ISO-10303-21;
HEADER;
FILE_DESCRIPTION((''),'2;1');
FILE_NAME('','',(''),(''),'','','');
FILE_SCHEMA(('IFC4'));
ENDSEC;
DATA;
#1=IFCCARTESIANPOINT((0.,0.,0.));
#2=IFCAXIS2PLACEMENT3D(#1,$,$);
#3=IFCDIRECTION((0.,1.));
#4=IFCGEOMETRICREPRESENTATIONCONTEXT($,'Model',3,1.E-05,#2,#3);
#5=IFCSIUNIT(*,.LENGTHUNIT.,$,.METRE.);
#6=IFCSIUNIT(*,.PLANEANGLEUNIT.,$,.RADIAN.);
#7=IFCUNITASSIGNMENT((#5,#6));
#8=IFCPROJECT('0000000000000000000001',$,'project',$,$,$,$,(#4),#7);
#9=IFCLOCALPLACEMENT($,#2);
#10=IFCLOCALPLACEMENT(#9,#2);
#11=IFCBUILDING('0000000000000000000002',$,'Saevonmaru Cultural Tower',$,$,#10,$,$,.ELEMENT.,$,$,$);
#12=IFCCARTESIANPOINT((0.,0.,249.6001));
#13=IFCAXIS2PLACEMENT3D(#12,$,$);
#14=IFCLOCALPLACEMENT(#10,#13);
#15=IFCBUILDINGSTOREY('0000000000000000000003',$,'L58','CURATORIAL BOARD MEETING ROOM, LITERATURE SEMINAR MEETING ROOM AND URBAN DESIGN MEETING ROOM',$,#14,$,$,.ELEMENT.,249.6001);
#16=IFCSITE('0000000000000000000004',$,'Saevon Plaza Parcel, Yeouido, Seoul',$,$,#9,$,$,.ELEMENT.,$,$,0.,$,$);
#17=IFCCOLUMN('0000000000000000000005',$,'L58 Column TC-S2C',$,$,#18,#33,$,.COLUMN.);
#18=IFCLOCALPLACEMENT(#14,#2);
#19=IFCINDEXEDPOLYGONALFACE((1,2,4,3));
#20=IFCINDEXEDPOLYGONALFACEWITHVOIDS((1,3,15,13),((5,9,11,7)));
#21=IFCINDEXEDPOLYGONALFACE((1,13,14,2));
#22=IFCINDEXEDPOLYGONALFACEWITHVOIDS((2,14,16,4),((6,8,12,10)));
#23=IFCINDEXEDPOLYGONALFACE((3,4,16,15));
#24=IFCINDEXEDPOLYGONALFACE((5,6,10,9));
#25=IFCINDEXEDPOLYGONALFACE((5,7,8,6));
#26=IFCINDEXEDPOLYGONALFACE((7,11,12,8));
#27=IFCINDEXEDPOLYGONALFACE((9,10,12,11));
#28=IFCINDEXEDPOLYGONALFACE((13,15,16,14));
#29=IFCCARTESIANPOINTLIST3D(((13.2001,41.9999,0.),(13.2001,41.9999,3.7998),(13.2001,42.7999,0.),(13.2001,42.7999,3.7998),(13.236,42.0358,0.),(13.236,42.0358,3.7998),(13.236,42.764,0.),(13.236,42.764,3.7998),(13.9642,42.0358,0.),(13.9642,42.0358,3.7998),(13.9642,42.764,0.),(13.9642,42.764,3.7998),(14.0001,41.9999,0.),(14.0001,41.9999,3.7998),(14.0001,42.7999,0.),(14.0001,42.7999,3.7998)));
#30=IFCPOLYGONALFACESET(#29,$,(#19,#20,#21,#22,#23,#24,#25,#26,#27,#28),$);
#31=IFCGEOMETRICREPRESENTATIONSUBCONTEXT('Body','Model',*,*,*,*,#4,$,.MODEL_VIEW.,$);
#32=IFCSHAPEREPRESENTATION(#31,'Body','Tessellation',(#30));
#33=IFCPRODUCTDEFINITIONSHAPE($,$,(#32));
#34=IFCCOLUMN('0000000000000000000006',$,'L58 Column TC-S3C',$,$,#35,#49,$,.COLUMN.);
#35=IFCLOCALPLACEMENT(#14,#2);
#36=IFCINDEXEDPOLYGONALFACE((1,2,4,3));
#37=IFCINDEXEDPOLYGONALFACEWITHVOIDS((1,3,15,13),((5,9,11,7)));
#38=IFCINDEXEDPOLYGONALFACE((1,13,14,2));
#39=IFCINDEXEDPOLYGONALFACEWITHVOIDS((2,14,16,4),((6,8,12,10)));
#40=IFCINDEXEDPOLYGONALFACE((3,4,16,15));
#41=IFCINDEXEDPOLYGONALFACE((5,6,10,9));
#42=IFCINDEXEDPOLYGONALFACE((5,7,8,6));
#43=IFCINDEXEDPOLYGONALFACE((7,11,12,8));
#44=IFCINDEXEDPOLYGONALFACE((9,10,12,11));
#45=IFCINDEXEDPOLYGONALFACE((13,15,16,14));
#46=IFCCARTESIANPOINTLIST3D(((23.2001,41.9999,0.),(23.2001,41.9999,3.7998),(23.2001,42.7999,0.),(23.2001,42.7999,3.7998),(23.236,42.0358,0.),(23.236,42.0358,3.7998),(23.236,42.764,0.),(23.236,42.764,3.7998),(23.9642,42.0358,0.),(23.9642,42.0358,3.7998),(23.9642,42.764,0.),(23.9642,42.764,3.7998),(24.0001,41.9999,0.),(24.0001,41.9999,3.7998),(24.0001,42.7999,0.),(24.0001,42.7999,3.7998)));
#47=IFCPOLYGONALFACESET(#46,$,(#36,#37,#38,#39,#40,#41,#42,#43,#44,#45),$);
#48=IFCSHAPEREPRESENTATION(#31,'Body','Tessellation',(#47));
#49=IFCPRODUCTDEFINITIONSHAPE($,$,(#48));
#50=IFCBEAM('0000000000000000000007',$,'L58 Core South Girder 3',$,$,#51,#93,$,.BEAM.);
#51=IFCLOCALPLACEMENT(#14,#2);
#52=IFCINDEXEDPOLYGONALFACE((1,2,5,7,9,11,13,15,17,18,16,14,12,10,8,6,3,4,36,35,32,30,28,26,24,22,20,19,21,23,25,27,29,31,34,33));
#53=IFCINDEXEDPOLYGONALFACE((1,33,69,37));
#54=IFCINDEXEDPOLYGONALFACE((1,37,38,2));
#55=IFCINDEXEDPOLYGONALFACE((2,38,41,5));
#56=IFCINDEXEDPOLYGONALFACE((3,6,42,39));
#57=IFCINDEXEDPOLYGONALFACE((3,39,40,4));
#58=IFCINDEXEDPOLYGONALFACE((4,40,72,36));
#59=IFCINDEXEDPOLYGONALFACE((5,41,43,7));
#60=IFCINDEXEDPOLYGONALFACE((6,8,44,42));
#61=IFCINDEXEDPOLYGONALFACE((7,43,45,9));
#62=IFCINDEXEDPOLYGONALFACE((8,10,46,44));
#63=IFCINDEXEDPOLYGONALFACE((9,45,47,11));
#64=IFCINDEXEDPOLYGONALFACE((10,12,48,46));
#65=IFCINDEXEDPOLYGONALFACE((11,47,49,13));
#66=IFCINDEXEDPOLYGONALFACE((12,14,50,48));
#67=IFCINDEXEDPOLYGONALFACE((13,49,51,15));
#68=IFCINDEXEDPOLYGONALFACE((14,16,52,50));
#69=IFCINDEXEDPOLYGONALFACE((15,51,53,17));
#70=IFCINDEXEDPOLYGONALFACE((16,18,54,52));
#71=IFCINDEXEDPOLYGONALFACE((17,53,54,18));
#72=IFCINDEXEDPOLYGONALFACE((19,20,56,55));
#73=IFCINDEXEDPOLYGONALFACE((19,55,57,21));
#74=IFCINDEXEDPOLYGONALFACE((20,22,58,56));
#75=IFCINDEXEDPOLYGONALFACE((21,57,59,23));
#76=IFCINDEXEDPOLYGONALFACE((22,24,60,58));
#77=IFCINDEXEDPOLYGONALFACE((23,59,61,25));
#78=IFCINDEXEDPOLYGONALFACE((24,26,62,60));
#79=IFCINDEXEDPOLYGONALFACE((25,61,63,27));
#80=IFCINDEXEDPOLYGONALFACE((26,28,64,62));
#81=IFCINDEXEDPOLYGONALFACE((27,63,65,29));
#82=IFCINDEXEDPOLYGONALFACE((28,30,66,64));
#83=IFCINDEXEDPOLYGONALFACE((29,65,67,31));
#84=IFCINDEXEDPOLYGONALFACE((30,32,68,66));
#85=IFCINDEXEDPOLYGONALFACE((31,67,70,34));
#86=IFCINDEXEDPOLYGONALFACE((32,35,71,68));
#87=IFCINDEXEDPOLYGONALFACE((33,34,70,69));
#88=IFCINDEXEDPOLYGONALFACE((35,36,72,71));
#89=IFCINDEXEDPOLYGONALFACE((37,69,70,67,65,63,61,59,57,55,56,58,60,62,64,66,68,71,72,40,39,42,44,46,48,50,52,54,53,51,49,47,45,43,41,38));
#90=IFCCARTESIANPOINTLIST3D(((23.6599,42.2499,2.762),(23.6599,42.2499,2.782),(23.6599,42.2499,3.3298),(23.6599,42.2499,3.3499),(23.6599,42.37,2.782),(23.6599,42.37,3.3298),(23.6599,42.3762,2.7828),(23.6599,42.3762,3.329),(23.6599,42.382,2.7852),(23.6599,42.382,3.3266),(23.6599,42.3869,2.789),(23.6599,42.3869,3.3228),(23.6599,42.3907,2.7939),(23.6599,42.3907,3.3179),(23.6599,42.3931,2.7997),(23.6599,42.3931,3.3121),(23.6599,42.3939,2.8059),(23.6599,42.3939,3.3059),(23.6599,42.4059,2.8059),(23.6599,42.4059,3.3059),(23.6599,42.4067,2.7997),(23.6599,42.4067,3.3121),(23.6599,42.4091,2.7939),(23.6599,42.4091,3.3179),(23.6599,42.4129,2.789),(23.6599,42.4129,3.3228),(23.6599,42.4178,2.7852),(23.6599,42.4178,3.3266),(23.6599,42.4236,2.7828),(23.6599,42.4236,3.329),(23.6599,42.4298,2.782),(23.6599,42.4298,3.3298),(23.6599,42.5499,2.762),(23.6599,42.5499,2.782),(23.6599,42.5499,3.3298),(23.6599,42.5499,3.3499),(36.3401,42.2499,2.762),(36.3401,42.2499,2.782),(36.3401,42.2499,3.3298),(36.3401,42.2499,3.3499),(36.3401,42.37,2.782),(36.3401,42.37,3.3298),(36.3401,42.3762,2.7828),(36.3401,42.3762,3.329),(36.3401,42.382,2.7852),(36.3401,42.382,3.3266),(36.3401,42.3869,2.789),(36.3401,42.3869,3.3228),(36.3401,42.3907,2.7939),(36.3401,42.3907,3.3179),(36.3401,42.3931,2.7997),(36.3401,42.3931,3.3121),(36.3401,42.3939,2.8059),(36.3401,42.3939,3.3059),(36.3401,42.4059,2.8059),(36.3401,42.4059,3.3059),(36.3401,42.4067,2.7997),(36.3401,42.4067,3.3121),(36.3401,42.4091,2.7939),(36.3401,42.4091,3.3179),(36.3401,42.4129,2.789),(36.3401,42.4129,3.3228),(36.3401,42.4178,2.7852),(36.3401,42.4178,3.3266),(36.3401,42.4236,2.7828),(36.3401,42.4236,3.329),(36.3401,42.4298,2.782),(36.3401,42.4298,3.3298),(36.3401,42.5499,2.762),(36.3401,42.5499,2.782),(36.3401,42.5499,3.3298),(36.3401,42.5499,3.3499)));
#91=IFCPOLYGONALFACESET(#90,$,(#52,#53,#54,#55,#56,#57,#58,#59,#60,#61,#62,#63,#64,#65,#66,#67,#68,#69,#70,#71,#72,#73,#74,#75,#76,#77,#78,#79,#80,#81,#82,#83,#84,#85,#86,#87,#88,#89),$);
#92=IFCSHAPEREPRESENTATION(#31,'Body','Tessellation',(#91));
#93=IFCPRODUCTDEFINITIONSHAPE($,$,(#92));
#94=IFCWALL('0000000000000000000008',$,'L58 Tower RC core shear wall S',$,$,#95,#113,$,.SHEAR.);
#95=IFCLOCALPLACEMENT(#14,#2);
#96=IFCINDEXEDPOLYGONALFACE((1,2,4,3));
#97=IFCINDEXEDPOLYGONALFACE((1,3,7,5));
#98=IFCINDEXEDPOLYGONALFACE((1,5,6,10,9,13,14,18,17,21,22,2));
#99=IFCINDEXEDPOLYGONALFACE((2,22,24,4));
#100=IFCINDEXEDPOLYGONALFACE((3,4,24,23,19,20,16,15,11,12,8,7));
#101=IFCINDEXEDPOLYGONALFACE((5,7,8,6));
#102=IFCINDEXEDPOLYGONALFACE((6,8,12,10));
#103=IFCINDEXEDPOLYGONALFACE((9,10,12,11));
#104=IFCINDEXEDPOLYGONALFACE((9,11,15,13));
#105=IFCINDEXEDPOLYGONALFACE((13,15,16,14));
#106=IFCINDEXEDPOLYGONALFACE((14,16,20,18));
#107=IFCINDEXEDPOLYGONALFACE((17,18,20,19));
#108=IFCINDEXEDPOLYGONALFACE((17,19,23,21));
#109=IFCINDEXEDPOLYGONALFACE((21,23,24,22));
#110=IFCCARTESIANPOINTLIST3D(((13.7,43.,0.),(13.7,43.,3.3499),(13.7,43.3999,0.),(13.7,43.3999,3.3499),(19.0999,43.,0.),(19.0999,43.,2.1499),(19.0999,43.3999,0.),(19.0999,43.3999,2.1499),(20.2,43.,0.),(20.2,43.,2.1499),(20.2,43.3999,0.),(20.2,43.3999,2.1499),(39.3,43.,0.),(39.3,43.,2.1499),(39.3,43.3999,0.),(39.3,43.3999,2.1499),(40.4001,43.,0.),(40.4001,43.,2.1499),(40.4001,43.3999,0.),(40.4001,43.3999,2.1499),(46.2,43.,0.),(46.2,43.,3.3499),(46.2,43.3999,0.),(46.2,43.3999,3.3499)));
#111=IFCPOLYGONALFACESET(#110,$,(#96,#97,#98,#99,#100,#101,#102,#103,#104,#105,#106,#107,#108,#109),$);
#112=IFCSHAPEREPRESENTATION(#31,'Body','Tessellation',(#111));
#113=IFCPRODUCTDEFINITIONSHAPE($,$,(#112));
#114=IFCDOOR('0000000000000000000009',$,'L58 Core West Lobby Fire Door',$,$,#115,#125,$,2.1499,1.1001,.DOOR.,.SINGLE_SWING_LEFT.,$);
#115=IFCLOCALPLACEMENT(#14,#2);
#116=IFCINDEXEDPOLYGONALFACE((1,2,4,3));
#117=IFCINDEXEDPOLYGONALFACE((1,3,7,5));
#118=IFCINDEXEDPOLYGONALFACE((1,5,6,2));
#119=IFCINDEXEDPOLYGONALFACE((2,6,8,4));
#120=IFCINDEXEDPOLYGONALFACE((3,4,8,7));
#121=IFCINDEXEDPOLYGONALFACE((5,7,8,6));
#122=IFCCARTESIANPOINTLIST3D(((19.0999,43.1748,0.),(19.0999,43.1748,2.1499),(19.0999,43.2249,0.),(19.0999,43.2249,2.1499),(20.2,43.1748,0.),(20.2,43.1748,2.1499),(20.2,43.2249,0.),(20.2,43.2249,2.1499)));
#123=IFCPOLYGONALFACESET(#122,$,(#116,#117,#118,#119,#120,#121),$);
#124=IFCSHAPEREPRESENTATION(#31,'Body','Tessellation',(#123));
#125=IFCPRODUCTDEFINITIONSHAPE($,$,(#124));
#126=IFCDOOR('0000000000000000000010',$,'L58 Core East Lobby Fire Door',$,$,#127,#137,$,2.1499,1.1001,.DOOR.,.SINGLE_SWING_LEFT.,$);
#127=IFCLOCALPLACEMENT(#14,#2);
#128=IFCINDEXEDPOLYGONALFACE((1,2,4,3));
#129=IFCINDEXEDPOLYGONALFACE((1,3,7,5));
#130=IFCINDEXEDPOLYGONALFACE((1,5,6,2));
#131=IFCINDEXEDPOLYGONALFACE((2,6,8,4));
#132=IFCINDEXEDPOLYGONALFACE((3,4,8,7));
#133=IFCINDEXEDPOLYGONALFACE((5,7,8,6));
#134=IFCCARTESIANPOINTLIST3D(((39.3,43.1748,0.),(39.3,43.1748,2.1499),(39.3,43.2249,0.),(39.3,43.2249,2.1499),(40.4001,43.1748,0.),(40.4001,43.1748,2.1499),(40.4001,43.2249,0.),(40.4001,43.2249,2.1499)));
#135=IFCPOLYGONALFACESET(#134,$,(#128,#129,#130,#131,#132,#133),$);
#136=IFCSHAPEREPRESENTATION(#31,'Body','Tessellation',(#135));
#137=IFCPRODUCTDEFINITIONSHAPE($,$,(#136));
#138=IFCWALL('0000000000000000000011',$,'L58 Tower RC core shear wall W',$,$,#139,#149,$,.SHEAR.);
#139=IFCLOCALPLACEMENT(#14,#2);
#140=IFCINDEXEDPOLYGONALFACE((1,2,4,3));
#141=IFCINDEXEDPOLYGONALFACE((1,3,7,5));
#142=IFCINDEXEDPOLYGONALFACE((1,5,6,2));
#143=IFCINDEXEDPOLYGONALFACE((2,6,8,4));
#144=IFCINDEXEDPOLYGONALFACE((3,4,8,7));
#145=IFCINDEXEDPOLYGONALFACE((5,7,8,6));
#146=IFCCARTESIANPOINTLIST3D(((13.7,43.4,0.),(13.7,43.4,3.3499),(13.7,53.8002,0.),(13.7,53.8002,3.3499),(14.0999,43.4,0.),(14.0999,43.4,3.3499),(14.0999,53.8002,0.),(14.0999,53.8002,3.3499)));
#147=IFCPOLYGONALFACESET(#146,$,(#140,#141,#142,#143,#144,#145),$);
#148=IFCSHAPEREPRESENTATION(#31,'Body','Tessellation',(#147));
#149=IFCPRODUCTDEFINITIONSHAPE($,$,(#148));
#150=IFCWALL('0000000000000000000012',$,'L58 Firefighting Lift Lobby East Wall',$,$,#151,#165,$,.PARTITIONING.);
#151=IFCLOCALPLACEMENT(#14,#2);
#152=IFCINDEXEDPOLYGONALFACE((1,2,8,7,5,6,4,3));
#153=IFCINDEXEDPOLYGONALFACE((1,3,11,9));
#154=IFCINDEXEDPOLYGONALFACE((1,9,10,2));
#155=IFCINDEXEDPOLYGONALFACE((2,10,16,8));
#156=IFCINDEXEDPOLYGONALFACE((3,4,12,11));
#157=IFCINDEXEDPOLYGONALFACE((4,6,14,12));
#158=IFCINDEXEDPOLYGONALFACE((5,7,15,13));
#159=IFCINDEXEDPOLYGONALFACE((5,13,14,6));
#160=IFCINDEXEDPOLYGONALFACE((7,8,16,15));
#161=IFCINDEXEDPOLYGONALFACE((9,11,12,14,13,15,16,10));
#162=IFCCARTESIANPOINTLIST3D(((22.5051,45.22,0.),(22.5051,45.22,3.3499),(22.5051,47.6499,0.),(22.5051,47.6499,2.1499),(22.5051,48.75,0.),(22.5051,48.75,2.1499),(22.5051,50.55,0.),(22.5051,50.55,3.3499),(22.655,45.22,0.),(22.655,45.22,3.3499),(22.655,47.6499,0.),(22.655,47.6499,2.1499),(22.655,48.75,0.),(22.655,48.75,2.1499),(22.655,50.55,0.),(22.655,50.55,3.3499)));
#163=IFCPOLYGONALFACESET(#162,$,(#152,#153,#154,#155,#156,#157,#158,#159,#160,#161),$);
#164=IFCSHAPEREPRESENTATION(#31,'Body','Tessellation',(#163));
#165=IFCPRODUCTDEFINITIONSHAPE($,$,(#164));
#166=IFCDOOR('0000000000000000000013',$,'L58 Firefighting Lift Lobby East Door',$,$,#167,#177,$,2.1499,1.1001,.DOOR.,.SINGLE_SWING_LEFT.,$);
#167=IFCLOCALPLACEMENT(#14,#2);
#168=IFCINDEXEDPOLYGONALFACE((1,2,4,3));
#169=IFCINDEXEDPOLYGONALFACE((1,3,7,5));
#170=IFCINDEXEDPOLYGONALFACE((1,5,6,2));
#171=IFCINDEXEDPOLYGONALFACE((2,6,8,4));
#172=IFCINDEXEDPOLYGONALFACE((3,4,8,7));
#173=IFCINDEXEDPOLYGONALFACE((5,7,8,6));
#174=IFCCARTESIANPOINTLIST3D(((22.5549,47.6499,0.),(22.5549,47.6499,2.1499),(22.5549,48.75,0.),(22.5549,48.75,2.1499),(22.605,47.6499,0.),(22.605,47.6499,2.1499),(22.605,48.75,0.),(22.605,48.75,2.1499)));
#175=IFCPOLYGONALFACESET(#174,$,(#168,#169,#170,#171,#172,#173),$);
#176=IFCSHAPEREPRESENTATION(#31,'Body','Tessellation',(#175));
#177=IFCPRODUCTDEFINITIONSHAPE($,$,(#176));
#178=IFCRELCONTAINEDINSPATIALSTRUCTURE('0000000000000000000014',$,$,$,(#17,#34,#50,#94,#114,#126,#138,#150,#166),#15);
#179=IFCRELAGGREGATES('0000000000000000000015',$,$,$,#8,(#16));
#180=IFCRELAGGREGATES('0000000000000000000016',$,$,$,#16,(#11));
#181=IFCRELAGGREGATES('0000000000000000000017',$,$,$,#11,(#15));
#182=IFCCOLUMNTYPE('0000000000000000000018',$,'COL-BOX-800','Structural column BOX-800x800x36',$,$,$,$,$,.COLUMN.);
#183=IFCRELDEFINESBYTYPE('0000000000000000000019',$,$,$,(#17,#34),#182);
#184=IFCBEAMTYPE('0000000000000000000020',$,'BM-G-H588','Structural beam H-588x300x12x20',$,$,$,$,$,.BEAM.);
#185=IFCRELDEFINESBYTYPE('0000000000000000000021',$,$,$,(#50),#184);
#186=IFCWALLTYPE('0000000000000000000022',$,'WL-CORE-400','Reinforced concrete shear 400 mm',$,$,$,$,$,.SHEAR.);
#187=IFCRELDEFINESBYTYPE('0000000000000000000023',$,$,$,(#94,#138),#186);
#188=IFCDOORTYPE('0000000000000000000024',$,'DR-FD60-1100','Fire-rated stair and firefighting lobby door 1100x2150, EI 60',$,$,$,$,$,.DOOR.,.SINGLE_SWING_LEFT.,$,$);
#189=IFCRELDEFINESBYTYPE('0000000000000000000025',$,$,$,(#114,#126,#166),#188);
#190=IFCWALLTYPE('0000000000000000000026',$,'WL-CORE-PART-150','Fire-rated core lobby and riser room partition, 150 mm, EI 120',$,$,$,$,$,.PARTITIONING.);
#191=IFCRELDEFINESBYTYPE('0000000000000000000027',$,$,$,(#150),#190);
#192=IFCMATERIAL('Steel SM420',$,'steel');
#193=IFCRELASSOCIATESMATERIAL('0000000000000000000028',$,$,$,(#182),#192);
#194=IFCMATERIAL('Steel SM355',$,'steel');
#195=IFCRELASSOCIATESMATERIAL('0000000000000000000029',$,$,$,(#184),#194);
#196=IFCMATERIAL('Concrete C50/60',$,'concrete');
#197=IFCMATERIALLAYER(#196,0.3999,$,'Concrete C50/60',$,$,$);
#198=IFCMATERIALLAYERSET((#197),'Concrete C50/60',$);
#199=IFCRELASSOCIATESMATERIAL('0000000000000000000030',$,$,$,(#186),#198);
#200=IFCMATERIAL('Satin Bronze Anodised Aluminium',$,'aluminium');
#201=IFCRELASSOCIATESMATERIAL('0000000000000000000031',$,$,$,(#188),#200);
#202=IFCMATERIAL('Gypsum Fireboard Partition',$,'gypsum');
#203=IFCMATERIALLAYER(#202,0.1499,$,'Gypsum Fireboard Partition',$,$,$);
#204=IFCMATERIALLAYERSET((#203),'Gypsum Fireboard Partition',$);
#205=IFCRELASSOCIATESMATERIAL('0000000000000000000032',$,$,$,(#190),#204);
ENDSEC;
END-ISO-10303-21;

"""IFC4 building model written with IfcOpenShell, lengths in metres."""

from ifc_helpers import new_model, si_unit, direction, frame, frame_2d, origin, origin_2d, place, context, subcontext, project, spatial, rectangle, hollow_rectangle, i_section, extrude, material, layer, layer_set, material_profile, profile_set, type_object, element, fill, save


model = new_model("IFC4")

# Units and contexts
model_context = context("Model", 3, precision=1e-05, world=origin(), true_north=direction((0.0, 1.0)))
body_context = subcontext(model_context, "Body", "Model", "MODEL_VIEW")
ifc_project = project(units=[si_unit("LENGTHUNIT", "METRE"), si_unit("PLANEANGLEUNIT", "RADIAN")], contexts=[model_context])

# Site, building, storey
site_placement = place(None, origin())
site = spatial("IfcSite", under=ifc_project, at=site_placement, Name="Saevon Plaza Parcel, Yeouido, Seoul", CompositionType="ELEMENT", RefElevation=0.0)
building_placement = place(site_placement, origin())
building = spatial("IfcBuilding", under=site, at=building_placement, Name="Saevonmaru Cultural Tower", CompositionType="ELEMENT")
storey_placement = place(building_placement, frame((0.0, 0.0, 249.6001)))
storey = spatial("IfcBuildingStorey", under=building, at=storey_placement, Name="L58", Description="CURATORIAL BOARD MEETING ROOM, LITERATURE SEMINAR MEETING ROOM AND URBAN DESIGN MEETING ROOM", CompositionType="ELEMENT", Elevation=249.6001)

# Columns
ifc_material_1 = material(Name="Steel SM420", Category="steel")
ifc_material_profile_1 = material_profile(ifc_material_1, hollow_rectangle(XDim=0.8, YDim=0.8, WallThickness=0.0359, at=origin_2d()), Name="BOX-800x800x36")
ifc_profile_set_1 = profile_set([ifc_material_profile_1], Name="Steel SM420")
column_type = type_object("IfcColumnType", Name="COL-BOX-800", Description="Structural column BOX-800x800x36", PredefinedType="COLUMN", material=ifc_profile_set_1)
for number, where, z_axis, x_axis, name in (
    (1, (13.6001, 42.3999, 0.0), (0.0, 0.0, 1.0), (1.0, 0.0, 0.0), "L58 Column TC-S2C"),
    (2, (23.6001, 42.3999, 0.0), (0.0, 0.0, 1.0), (1.0, 0.0, 0.0), "L58 Column TC-S3C"),
):
    element("IfcColumn", number, at=place(storey_placement, frame(where, z_axis=z_axis, x_axis=x_axis)), inside=storey, type_object=column_type, Name=name, PredefinedType="COLUMN", context=body_context, shape_type="SweptSolid", body=[
        extrude(hollow_rectangle(XDim=0.8, YDim=0.8, WallThickness=0.0359, at=origin_2d()), origin(), (0.0, 0.0, 1.0), 3.7998),
    ])

# Beam
ifc_material_2 = material(Name="Steel SM355", Category="steel")
ifc_material_profile_2 = material_profile(ifc_material_2, i_section(OverallWidth=0.3, OverallDepth=0.5879, WebThickness=0.012, FlangeThickness=0.02, FilletRadius=0.0239, at=origin_2d()), Name="H-588x300x12x20")
ifc_profile_set_2 = profile_set([ifc_material_profile_2], Name="Steel SM355")
beam_type = type_object("IfcBeamType", Name="BM-G-H588", Description="Structural beam H-588x300x12x20", PredefinedType="BEAM", material=ifc_profile_set_2)
beam_placement = place(storey_placement, frame((23.6599, 42.3999, 3.0559), z_axis=(1.0, 0.0, 0.0), x_axis=(0.0, 1.0, 0.0)))
element("IfcBeam", 3, at=beam_placement, inside=storey, type_object=beam_type, Name="L58 Core South Girder 3", PredefinedType="BEAM", context=body_context, shape_type="SweptSolid", body=[
    extrude(i_section(OverallWidth=0.3, OverallDepth=0.5879, WebThickness=0.012, FlangeThickness=0.02, FilletRadius=0.0239, at=origin_2d()), origin(), (0.0, 0.0, 1.0), 12.6802),
])

# Wall, openings, doors
ifc_material_3 = material(Name="Concrete C50/60", Category="concrete")
ifc_layer_1 = layer(ifc_material_3, 0.3999, Name="Concrete C50/60")
ifc_layer_set_1 = layer_set([ifc_layer_1], Name="Concrete C50/60")
wall_type_1 = type_object("IfcWallType", Name="WL-CORE-400", Description="Reinforced concrete shear 400 mm", PredefinedType="SHEAR", material=ifc_layer_set_1)
wall_1_placement = place(storey_placement, frame((13.7, 43.2, 0.0), z_axis=(0.0, 0.0, 1.0), x_axis=(1.0, 0.0, 0.0)))
wall_1 = element("IfcWall", 4, at=wall_1_placement, inside=storey, type_object=wall_type_1, Name="L58 Tower RC core shear wall S", PredefinedType="SHEAR", context=body_context, shape_type="SweptSolid", body=[
    extrude(rectangle(XDim=32.5, YDim=0.3999, at=frame_2d((16.25, 0.0))), origin(), (0.0, 0.0, 1.0), 3.3499),
])
opening_1_placement = place(wall_1_placement, frame((5.3999, 0.0, 0.0)))
opening_1 = element("IfcOpeningElement", 5, at=opening_1_placement, cuts=wall_1, PredefinedType="OPENING", context=body_context, shape_type="SweptSolid", body=[
    extrude(rectangle(XDim=1.1001, YDim=2.1499, at=frame_2d((0.55, 1.075))), frame((0.0, 0.21, 0.0), z_axis=(0.0, -1.0, 0.0), x_axis=(1.0, 0.0, 0.0)), (0.0, 0.0, 1.0), 0.4199),
])
opening_2_placement = place(wall_1_placement, frame((25.6001, 0.0, 0.0)))
opening_2 = element("IfcOpeningElement", 6, at=opening_2_placement, cuts=wall_1, PredefinedType="OPENING", context=body_context, shape_type="SweptSolid", body=[
    extrude(rectangle(XDim=1.1001, YDim=2.1499, at=frame_2d((0.55, 1.075))), frame((0.0, 0.21, 0.0), z_axis=(0.0, -1.0, 0.0), x_axis=(1.0, 0.0, 0.0)), (0.0, 0.0, 1.0), 0.4199),
])
ifc_material_4 = material(Name="Satin Bronze Anodised Aluminium", Category="aluminium")
door_type_1 = type_object("IfcDoorType", Name="DR-FD60-1100", Description="Fire-rated stair and firefighting lobby door 1100x2150, EI 60", OperationType="SINGLE_SWING_LEFT", PredefinedType="DOOR", material=ifc_material_4)
door_1_placement = place(opening_1_placement, origin())
door_1 = element("IfcDoor", 7, at=door_1_placement, inside=storey, type_object=door_type_1, Name="L58 Core West Lobby Fire Door", OperationType="SINGLE_SWING_LEFT", OverallHeight=2.1499, OverallWidth=1.1001, PredefinedType="DOOR", context=body_context, shape_type="SweptSolid", body=[
    extrude(rectangle(XDim=1.1001, YDim=2.1499, at=frame_2d((0.55, 1.075))), frame((0.0, 0.0249, 0.0), z_axis=(0.0, -1.0, 0.0), x_axis=(1.0, 0.0, 0.0)), (0.0, 0.0, 1.0), 0.05),
])
fill(opening_1, door_1)
door_2_placement = place(opening_2_placement, origin())
door_2 = element("IfcDoor", 8, at=door_2_placement, inside=storey, type_object=door_type_1, Name="L58 Core East Lobby Fire Door", OperationType="SINGLE_SWING_LEFT", OverallHeight=2.1499, OverallWidth=1.1001, PredefinedType="DOOR", context=body_context, shape_type="SweptSolid", body=[
    extrude(rectangle(XDim=1.1001, YDim=2.1499, at=frame_2d((0.55, 1.075))), frame((0.0, 0.0249, 0.0), z_axis=(0.0, -1.0, 0.0), x_axis=(1.0, 0.0, 0.0)), (0.0, 0.0, 1.0), 0.05),
])
fill(opening_2, door_2)

# Wall
wall_2_placement = place(storey_placement, frame((13.8999, 43.3999, 0.0), z_axis=(0.0, 0.0, 1.0), x_axis=(0.0, 1.0, 0.0)))
element("IfcWall", 9, at=wall_2_placement, inside=storey, type_object=wall_type_1, Name="L58 Tower RC core shear wall W", PredefinedType="SHEAR", context=body_context, shape_type="SweptSolid", body=[
    extrude(rectangle(XDim=10.4001, YDim=0.3999, at=frame_2d((5.2002, 0.0))), origin(), (0.0, 0.0, 1.0), 3.3499),
])

# Wall, opening, door
ifc_material_5 = material(Name="Gypsum Fireboard Partition", Category="gypsum")
ifc_layer_2 = layer(ifc_material_5, 0.1499, Name="Gypsum Fireboard Partition")
ifc_layer_set_2 = layer_set([ifc_layer_2], Name="Gypsum Fireboard Partition")
wall_type_2 = type_object("IfcWallType", Name="WL-CORE-PART-150", Description="Fire-rated core lobby and riser room partition, 150 mm, EI 120", PredefinedType="PARTITIONING", material=ifc_layer_set_2)
wall_3_placement = place(storey_placement, frame((22.5801, 50.55, 0.0), z_axis=(0.0, 0.0, 1.0), x_axis=(0.0, -1.0, 0.0)))
wall_3 = element("IfcWall", 10, at=wall_3_placement, inside=storey, type_object=wall_type_2, Name="L58 Firefighting Lift Lobby East Wall", PredefinedType="PARTITIONING", context=body_context, shape_type="SweptSolid", body=[
    extrude(rectangle(XDim=5.3301, YDim=0.1499, at=frame_2d((2.665, 0.0))), origin(), (0.0, 0.0, 1.0), 3.3499),
])
opening_3_placement = place(wall_3_placement, frame((1.8, 0.0, 0.0)))
opening_3 = element("IfcOpeningElement", 11, at=opening_3_placement, cuts=wall_3, PredefinedType="OPENING", context=body_context, shape_type="SweptSolid", body=[
    extrude(rectangle(XDim=1.1001, YDim=2.1499, at=frame_2d((0.55, 1.075))), frame((0.0, 0.085, 0.0), z_axis=(0.0, -1.0, 0.0), x_axis=(1.0, 0.0, 0.0)), (0.0, 0.0, 1.0), 0.1699),
])
door_3_placement = place(opening_3_placement, origin())
door_3 = element("IfcDoor", 12, at=door_3_placement, inside=storey, type_object=door_type_1, Name="L58 Firefighting Lift Lobby East Door", OperationType="SINGLE_SWING_LEFT", OverallHeight=2.1499, OverallWidth=1.1001, PredefinedType="DOOR", context=body_context, shape_type="SweptSolid", body=[
    extrude(rectangle(XDim=1.1001, YDim=2.1499, at=frame_2d((0.55, 1.075))), frame((0.0, 0.0249, 0.0), z_axis=(0.0, -1.0, 0.0), x_axis=(1.0, 0.0, 0.0)), (0.0, 0.0, 1.0), 0.05),
])
fill(opening_3, door_3)

save(model, "model.ifc")
